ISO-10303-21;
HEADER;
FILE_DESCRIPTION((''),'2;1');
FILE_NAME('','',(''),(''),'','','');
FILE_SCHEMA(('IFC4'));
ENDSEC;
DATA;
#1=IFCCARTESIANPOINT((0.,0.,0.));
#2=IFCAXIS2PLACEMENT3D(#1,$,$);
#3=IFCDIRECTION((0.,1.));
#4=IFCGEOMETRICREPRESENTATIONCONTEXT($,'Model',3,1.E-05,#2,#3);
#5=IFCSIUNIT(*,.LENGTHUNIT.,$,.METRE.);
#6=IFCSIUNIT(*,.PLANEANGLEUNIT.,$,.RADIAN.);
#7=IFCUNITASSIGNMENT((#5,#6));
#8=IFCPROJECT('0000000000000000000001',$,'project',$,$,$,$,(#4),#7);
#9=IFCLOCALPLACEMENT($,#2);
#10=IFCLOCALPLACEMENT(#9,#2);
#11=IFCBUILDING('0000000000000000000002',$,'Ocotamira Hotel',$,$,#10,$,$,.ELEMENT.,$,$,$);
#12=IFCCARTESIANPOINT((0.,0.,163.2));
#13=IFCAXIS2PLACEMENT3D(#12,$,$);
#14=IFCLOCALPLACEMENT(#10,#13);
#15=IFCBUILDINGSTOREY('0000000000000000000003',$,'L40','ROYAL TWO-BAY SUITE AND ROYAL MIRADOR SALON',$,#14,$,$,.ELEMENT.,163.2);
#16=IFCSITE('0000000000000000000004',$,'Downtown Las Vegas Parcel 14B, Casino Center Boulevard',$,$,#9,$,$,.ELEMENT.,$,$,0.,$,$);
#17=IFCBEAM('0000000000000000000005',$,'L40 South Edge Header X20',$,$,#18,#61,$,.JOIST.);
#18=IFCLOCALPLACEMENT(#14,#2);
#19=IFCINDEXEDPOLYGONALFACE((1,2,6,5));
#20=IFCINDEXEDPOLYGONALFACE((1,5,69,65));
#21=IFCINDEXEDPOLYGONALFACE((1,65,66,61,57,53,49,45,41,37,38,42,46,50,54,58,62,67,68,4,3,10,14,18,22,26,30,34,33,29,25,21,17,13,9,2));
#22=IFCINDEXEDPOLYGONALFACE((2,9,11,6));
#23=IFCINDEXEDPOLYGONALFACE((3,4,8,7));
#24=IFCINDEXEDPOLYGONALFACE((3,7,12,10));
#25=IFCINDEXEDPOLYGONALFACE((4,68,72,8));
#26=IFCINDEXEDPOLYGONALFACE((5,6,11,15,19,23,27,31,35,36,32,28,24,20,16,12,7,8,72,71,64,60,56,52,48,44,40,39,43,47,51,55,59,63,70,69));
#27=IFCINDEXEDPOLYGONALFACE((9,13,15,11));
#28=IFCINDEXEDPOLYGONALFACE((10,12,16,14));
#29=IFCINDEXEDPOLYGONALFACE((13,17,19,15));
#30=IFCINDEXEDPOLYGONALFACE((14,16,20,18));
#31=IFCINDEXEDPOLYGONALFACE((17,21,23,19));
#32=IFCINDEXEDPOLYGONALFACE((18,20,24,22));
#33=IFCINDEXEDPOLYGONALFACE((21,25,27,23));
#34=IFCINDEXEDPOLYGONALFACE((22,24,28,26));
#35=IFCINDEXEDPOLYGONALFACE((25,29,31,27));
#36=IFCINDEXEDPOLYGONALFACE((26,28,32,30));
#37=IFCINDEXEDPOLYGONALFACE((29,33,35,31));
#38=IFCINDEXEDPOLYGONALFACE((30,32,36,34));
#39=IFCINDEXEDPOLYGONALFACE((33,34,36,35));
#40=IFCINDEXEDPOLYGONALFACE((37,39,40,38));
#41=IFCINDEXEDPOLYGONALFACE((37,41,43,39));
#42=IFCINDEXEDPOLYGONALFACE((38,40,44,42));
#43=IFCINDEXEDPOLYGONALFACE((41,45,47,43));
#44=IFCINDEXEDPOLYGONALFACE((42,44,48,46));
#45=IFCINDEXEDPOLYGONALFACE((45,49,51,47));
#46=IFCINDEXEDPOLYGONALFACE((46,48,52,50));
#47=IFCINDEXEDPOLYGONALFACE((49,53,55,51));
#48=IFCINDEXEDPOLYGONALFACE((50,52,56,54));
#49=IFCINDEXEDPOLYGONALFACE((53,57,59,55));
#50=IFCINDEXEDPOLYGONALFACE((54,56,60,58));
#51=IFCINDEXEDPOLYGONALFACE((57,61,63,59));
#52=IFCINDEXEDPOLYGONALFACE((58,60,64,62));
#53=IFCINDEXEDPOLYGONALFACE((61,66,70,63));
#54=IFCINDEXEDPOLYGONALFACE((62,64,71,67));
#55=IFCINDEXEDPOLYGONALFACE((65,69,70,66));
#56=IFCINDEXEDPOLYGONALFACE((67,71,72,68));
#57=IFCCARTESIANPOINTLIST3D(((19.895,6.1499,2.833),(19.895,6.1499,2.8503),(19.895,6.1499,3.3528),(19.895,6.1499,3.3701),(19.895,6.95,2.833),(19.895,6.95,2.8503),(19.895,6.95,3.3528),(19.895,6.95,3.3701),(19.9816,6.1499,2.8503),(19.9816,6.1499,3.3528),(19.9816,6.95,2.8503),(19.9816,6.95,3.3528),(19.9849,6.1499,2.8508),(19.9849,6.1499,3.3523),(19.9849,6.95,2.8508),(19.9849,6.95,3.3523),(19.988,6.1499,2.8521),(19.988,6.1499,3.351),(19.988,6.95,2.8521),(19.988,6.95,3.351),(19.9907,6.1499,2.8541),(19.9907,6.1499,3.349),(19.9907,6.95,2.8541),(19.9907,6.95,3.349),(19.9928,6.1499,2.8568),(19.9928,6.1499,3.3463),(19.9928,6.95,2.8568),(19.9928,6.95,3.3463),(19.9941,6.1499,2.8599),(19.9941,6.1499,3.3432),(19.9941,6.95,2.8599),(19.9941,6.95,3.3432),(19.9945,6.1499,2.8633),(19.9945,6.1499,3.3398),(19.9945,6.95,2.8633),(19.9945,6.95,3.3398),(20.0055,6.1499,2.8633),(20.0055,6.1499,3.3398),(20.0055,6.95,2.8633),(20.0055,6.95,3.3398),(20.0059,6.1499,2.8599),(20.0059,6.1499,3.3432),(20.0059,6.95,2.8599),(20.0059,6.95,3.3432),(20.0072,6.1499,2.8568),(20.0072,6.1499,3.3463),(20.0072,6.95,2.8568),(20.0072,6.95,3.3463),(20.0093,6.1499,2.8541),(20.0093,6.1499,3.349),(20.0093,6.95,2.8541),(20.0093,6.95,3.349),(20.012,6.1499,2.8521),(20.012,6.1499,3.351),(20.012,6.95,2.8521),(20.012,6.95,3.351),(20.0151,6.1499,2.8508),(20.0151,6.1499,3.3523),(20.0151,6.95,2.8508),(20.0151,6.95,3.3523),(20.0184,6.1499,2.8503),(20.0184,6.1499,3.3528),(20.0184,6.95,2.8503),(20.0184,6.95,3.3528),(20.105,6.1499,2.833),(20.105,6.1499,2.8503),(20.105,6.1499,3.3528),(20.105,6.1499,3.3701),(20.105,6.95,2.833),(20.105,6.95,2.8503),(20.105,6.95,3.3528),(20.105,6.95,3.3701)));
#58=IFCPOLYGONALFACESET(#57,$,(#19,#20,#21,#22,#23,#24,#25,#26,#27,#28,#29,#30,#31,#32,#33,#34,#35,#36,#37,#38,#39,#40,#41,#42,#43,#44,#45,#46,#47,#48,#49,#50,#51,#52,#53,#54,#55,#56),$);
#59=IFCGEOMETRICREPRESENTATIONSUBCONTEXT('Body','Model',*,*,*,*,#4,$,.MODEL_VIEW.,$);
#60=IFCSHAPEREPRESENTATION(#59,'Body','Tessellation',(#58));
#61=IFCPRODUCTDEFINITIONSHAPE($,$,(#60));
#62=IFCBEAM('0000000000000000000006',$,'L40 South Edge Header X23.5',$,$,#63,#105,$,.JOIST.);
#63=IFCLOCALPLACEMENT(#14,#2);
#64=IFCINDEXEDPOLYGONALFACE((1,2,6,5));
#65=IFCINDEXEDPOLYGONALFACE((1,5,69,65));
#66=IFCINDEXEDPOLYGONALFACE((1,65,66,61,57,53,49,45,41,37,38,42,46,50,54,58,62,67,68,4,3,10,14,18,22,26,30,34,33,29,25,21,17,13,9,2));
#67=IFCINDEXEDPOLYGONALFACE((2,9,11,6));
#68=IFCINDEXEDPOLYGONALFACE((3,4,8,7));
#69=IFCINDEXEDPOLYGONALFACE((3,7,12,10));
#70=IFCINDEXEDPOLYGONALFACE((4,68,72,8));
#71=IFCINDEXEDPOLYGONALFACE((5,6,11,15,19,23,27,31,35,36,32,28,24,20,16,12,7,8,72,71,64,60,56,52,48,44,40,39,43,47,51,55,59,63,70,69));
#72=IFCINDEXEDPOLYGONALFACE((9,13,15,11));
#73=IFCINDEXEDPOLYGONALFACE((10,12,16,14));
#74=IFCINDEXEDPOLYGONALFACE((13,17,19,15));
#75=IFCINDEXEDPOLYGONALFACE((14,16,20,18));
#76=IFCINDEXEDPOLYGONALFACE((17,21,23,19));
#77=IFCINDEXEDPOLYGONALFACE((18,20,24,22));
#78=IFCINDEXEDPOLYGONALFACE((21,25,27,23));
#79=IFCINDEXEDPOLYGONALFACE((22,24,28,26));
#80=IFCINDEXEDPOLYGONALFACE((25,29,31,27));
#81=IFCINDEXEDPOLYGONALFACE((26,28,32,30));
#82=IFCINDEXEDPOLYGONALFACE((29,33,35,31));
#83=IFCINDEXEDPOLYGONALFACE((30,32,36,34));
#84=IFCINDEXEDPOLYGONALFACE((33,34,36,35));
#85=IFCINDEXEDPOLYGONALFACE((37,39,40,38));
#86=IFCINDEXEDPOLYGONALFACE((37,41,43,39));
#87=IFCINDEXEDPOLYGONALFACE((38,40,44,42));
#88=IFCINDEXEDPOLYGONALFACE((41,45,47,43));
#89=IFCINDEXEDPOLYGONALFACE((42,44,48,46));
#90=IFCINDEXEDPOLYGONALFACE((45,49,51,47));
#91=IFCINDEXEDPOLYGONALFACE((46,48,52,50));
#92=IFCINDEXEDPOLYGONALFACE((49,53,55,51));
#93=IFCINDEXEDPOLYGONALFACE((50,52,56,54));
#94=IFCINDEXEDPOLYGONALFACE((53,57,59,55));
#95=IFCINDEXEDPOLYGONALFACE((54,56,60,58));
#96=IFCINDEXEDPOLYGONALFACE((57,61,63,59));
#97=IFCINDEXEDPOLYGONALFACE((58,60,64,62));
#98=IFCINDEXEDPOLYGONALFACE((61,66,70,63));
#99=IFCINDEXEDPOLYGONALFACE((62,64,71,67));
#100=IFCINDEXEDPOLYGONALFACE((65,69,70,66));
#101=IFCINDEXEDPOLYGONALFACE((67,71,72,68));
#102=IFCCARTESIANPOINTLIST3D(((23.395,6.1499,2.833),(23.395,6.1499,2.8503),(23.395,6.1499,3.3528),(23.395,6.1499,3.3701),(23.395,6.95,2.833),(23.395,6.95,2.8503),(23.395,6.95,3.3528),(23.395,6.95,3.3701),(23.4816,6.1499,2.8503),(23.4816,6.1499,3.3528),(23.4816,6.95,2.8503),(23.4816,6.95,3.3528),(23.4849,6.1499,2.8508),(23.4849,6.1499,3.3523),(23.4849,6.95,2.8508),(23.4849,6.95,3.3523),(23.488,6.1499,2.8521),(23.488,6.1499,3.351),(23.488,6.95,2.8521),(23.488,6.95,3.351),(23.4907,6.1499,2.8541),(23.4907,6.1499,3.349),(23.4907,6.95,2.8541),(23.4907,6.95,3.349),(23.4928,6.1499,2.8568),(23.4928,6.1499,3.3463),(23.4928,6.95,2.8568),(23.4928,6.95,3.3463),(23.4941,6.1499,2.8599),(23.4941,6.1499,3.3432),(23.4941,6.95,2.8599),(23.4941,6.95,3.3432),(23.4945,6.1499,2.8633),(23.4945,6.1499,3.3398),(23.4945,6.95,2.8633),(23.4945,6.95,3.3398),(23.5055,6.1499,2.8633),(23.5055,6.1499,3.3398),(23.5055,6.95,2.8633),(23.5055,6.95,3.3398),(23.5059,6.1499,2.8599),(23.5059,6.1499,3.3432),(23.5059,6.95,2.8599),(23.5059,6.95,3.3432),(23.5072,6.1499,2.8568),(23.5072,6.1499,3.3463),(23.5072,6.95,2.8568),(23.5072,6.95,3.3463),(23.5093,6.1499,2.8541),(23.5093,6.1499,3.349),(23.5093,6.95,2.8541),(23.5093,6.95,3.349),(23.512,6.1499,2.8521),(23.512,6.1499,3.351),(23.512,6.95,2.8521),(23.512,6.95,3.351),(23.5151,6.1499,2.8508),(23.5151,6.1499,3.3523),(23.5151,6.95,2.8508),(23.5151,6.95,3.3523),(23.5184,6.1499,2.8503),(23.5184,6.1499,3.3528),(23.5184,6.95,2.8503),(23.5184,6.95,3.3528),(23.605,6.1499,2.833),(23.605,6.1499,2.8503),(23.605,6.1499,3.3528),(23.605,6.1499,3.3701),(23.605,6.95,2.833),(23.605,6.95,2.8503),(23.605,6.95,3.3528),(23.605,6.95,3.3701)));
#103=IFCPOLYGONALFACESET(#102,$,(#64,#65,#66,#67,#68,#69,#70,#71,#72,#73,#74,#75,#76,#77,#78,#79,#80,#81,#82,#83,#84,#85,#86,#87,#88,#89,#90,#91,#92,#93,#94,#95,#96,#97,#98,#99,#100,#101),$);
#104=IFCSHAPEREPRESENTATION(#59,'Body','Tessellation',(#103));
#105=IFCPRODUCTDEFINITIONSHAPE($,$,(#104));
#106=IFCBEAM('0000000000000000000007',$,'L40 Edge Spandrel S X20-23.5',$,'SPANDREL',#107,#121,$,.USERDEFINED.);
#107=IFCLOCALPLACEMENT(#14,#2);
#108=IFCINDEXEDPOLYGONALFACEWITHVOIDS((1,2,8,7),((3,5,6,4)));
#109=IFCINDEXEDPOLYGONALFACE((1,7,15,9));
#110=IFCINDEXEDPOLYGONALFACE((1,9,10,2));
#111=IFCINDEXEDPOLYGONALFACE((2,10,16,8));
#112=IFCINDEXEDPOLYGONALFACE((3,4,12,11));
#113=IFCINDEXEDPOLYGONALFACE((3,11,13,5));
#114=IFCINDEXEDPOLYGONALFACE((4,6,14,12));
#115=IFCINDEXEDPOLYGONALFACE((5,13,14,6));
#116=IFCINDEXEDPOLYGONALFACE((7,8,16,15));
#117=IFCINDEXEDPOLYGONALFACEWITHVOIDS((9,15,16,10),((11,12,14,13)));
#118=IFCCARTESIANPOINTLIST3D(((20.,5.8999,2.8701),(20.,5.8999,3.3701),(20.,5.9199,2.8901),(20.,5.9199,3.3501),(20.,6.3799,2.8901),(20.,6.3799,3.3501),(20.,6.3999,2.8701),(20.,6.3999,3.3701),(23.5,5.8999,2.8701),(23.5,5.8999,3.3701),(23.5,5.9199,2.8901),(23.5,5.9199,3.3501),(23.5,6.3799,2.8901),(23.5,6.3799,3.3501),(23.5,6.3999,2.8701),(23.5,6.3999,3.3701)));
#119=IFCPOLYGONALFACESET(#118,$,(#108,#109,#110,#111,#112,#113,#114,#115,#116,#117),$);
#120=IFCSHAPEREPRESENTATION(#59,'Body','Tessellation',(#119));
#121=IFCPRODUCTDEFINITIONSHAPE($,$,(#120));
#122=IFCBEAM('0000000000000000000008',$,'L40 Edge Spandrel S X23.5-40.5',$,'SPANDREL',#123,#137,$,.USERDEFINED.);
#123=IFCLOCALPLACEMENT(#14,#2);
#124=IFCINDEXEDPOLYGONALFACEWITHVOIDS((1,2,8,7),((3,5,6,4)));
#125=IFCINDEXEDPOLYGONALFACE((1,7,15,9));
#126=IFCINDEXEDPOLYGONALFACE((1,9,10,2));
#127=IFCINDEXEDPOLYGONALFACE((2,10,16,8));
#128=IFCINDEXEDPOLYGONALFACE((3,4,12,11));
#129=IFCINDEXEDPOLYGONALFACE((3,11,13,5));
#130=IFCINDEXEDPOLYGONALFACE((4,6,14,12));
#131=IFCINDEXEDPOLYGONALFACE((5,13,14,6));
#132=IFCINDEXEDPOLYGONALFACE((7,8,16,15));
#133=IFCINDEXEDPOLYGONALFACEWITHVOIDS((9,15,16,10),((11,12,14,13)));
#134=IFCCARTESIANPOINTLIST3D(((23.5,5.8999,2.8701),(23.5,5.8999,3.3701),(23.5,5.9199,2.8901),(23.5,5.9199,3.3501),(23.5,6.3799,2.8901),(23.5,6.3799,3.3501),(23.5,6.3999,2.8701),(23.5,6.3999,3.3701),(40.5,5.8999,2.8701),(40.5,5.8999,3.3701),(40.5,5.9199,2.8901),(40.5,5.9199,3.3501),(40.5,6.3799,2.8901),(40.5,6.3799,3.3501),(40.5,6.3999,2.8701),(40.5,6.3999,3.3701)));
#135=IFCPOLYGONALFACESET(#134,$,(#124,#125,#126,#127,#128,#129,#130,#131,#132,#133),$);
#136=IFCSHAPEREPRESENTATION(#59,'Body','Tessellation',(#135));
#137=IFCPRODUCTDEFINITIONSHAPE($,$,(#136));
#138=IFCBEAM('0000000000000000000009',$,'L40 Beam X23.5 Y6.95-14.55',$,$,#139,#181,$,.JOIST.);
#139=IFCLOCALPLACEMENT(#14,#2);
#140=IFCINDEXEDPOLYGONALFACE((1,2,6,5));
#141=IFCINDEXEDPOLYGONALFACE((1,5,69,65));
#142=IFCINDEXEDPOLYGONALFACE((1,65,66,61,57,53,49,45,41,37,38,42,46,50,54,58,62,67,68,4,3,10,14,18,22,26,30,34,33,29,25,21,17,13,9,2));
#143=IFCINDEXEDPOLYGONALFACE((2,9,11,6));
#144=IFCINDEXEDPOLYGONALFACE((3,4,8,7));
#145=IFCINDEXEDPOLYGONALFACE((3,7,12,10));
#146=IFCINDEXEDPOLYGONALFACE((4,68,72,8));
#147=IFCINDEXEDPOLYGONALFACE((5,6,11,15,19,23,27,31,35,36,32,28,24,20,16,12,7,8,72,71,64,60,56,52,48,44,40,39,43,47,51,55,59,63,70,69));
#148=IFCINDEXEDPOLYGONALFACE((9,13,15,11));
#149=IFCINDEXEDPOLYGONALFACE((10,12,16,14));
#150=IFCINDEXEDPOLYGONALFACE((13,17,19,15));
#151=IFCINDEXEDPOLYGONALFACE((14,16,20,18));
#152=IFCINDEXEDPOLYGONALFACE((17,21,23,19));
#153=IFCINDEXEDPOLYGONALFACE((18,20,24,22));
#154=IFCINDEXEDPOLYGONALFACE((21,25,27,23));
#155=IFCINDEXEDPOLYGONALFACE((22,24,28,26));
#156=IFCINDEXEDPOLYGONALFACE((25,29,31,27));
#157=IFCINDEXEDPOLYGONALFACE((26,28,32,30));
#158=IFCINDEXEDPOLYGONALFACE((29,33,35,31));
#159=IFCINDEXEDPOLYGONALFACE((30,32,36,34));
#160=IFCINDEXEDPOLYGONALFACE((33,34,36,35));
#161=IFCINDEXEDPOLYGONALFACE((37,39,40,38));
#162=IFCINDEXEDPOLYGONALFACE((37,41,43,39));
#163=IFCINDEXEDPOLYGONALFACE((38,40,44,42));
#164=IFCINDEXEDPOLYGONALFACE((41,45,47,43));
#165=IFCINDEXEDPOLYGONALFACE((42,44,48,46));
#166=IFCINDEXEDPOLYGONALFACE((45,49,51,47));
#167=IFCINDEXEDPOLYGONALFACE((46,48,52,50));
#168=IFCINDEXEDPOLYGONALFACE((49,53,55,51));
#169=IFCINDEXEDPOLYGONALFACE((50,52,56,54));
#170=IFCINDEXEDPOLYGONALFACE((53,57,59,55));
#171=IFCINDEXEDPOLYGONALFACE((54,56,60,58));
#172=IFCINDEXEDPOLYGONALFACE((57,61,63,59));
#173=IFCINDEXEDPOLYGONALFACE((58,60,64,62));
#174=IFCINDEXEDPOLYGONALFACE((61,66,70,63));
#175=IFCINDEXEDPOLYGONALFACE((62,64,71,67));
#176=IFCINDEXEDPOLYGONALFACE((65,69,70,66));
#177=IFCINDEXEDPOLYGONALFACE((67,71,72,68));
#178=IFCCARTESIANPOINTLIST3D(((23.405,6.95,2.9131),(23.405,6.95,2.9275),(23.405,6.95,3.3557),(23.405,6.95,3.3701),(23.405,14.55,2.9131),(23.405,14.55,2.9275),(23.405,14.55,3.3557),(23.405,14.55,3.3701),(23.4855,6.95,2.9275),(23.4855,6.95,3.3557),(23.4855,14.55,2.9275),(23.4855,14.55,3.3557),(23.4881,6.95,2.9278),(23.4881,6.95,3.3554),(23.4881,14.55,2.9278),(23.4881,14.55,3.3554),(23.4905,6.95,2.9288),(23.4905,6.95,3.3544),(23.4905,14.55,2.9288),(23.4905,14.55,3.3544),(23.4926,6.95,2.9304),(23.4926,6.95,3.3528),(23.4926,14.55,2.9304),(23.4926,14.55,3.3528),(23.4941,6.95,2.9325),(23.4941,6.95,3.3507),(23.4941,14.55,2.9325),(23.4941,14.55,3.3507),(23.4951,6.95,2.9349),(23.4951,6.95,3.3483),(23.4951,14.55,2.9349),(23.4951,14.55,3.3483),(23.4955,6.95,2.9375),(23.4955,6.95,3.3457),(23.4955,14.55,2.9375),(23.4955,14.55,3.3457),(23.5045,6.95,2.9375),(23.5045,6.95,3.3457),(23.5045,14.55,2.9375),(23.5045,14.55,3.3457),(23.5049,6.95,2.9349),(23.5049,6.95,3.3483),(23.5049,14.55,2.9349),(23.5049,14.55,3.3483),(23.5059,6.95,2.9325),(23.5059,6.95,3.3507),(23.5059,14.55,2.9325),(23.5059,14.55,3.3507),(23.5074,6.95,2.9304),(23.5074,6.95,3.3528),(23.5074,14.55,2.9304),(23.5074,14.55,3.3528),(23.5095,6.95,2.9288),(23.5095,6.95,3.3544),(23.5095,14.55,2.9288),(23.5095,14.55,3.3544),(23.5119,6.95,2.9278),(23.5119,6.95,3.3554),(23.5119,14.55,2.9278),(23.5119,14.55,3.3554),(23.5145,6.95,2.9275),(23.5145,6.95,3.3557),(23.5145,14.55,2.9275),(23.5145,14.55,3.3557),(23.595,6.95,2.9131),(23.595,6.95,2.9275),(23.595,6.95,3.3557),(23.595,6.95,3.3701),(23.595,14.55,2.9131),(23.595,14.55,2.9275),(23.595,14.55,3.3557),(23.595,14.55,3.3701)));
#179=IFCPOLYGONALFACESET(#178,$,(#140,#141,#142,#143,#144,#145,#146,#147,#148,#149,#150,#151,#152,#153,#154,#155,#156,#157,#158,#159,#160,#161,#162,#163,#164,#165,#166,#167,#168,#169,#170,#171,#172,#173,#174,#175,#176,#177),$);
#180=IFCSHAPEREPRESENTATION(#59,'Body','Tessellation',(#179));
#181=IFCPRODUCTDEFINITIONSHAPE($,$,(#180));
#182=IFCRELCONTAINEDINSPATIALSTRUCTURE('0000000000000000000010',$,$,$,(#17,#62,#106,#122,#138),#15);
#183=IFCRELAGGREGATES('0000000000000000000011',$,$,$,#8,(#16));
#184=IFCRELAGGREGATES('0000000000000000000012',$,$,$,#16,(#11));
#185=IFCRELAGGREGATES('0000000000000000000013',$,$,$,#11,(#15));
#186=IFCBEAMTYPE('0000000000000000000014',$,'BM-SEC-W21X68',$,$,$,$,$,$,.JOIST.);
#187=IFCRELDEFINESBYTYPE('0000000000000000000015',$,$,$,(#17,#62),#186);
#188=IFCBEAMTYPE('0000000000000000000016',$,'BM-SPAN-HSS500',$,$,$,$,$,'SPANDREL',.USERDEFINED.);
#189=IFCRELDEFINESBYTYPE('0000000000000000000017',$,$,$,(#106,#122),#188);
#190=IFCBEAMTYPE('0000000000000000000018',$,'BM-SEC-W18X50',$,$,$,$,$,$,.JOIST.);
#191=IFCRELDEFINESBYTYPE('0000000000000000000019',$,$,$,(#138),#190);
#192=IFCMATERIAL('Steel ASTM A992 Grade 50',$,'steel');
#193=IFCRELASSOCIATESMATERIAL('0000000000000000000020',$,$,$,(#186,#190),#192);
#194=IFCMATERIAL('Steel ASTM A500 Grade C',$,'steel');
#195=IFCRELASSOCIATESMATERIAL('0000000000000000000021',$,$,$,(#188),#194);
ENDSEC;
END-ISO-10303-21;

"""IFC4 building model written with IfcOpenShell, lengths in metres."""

from ifc_helpers import new_model, si_unit, direction, frame, origin, origin_2d, place, context, subcontext, project, spatial, hollow_rectangle, i_section, extrude, source, transform, mapped, material, material_profile, profile_set, type_object, element, save


model = new_model("IFC4")

# Units and contexts
model_context = context("Model", 3, precision=1e-05, world=origin(), true_north=direction((0.0, 1.0)))
body_context = subcontext(model_context, "Body", "Model", "MODEL_VIEW")
ifc_project = project(units=[si_unit("LENGTHUNIT", "METRE"), si_unit("PLANEANGLEUNIT", "RADIAN")], contexts=[model_context])

# Site, building, storey
site_placement = place(None, origin())
site = spatial("IfcSite", under=ifc_project, at=site_placement, Name="Downtown Las Vegas Parcel 14B, Casino Center Boulevard", CompositionType="ELEMENT", RefElevation=0.0)
building_placement = place(site_placement, origin())
building = spatial("IfcBuilding", under=site, at=building_placement, Name="Ocotamira Hotel", CompositionType="ELEMENT")
storey_placement = place(building_placement, frame((0.0, 0.0, 163.2)))
storey = spatial("IfcBuildingStorey", under=building, at=storey_placement, Name="L40", Description="ROYAL TWO-BAY SUITE AND ROYAL MIRADOR SALON", CompositionType="ELEMENT", Elevation=163.2)

# Beams
ifc_material_1 = material(Name="Steel ASTM A992 Grade 50", Category="steel")
ifc_material_profile_1 = material_profile(ifc_material_1, i_section(OverallWidth=0.21, OverallDepth=0.5371, WebThickness=0.011, FlangeThickness=0.0173, FilletRadius=0.0129, at=origin_2d()), Name="W21X68")
ifc_profile_set_1 = profile_set([ifc_material_profile_1], Name="Steel ASTM A992 Grade 50")
beam_type_1 = type_object("IfcBeamType", Name="BM-SEC-W21X68", PredefinedType="JOIST", material=ifc_profile_set_1)
shared_shape_1 = source(origin(), body_context, "Body", "SweptSolid", [
    extrude(i_section(OverallWidth=0.21, OverallDepth=0.5371, WebThickness=0.011, FlangeThickness=0.0173, FilletRadius=0.0129, at=origin_2d()), origin(), (0.0, 0.0, 1.0), 0.8),
])
for number, where, z_axis, x_axis, name in (
    (1, (20.0, 6.95, 3.1016), (0.0, -1.0, 0.0), (1.0, 0.0, 0.0), "L40 South Edge Header X20"),
    (2, (23.5, 6.95, 3.1016), (0.0, -1.0, 0.0), (1.0, 0.0, 0.0), "L40 South Edge Header X23.5"),
):
    element("IfcBeam", number, at=place(storey_placement, frame(where, z_axis=z_axis, x_axis=x_axis)), inside=storey, type_object=beam_type_1, Name=name, PredefinedType="JOIST", context=body_context, shape_type="MappedRepresentation", body=[
        mapped(shared_shape_1, transform((0.0, 0.0, 0.0), scale=1.0)),
    ])
ifc_material_2 = material(Name="Steel ASTM A500 Grade C", Category="steel")
ifc_material_profile_2 = material_profile(ifc_material_2, hollow_rectangle(XDim=0.5, YDim=0.5, WallThickness=0.02, at=origin_2d()), Name="HSS500X500X20")
ifc_profile_set_2 = profile_set([ifc_material_profile_2], Name="Steel ASTM A500 Grade C")
beam_type_2 = type_object("IfcBeamType", Name="BM-SPAN-HSS500", ElementType="SPANDREL", PredefinedType="USERDEFINED", material=ifc_profile_set_2)
shared_shape_2 = source(origin(), body_context, "Body", "SweptSolid", [
    extrude(hollow_rectangle(XDim=0.5, YDim=0.5, WallThickness=0.02, at=origin_2d()), origin(), (0.0, 0.0, 1.0), 3.5),
])
beam_1_placement = place(storey_placement, frame((20.0, 6.1499, 3.1201), z_axis=(1.0, 0.0, 0.0), x_axis=(0.0, 1.0, 0.0)))
element("IfcBeam", 3, at=beam_1_placement, inside=storey, type_object=beam_type_2, Name="L40 Edge Spandrel S X20-23.5", ObjectType="SPANDREL", PredefinedType="USERDEFINED", context=body_context, shape_type="MappedRepresentation", body=[
    mapped(shared_shape_2, transform((0.0, 0.0, 0.0), scale=1.0)),
])
shared_shape_3 = source(origin(), body_context, "Body", "SweptSolid", [
    extrude(hollow_rectangle(XDim=0.5, YDim=0.5, WallThickness=0.02, at=origin_2d()), origin(), (0.0, 0.0, 1.0), 17.0),
])
beam_2_placement = place(storey_placement, frame((23.5, 6.1499, 3.1201), z_axis=(1.0, 0.0, 0.0), x_axis=(0.0, 1.0, 0.0)))
element("IfcBeam", 4, at=beam_2_placement, inside=storey, type_object=beam_type_2, Name="L40 Edge Spandrel S X23.5-40.5", ObjectType="SPANDREL", PredefinedType="USERDEFINED", context=body_context, shape_type="MappedRepresentation", body=[
    mapped(shared_shape_3, transform((0.0, 0.0, 0.0), scale=1.0)),
])
ifc_material_profile_3 = material_profile(ifc_material_1, i_section(OverallWidth=0.1899, OverallDepth=0.457, WebThickness=0.009, FlangeThickness=0.0144, FilletRadius=0.01, at=origin_2d()), Name="W18X50")
ifc_profile_set_3 = profile_set([ifc_material_profile_3], Name="Steel ASTM A992 Grade 50")
beam_type_3 = type_object("IfcBeamType", Name="BM-SEC-W18X50", PredefinedType="JOIST", material=ifc_profile_set_3)
shared_shape_4 = source(origin(), body_context, "Body", "SweptSolid", [
    extrude(i_section(OverallWidth=0.1899, OverallDepth=0.457, WebThickness=0.009, FlangeThickness=0.0144, FilletRadius=0.01, at=origin_2d()), origin(), (0.0, 0.0, 1.0), 7.6001),
])
beam_3_placement = place(storey_placement, frame((23.5, 6.95, 3.1416), z_axis=(0.0, 1.0, 0.0), x_axis=(-1.0, 0.0, 0.0)))
element("IfcBeam", 5, at=beam_3_placement, inside=storey, type_object=beam_type_3, Name="L40 Beam X23.5 Y6.95-14.55", PredefinedType="JOIST", context=body_context, shape_type="MappedRepresentation", body=[
    mapped(shared_shape_4, transform((0.0, 0.0, 0.0), scale=1.0)),
])

save(model, "model.ifc")
